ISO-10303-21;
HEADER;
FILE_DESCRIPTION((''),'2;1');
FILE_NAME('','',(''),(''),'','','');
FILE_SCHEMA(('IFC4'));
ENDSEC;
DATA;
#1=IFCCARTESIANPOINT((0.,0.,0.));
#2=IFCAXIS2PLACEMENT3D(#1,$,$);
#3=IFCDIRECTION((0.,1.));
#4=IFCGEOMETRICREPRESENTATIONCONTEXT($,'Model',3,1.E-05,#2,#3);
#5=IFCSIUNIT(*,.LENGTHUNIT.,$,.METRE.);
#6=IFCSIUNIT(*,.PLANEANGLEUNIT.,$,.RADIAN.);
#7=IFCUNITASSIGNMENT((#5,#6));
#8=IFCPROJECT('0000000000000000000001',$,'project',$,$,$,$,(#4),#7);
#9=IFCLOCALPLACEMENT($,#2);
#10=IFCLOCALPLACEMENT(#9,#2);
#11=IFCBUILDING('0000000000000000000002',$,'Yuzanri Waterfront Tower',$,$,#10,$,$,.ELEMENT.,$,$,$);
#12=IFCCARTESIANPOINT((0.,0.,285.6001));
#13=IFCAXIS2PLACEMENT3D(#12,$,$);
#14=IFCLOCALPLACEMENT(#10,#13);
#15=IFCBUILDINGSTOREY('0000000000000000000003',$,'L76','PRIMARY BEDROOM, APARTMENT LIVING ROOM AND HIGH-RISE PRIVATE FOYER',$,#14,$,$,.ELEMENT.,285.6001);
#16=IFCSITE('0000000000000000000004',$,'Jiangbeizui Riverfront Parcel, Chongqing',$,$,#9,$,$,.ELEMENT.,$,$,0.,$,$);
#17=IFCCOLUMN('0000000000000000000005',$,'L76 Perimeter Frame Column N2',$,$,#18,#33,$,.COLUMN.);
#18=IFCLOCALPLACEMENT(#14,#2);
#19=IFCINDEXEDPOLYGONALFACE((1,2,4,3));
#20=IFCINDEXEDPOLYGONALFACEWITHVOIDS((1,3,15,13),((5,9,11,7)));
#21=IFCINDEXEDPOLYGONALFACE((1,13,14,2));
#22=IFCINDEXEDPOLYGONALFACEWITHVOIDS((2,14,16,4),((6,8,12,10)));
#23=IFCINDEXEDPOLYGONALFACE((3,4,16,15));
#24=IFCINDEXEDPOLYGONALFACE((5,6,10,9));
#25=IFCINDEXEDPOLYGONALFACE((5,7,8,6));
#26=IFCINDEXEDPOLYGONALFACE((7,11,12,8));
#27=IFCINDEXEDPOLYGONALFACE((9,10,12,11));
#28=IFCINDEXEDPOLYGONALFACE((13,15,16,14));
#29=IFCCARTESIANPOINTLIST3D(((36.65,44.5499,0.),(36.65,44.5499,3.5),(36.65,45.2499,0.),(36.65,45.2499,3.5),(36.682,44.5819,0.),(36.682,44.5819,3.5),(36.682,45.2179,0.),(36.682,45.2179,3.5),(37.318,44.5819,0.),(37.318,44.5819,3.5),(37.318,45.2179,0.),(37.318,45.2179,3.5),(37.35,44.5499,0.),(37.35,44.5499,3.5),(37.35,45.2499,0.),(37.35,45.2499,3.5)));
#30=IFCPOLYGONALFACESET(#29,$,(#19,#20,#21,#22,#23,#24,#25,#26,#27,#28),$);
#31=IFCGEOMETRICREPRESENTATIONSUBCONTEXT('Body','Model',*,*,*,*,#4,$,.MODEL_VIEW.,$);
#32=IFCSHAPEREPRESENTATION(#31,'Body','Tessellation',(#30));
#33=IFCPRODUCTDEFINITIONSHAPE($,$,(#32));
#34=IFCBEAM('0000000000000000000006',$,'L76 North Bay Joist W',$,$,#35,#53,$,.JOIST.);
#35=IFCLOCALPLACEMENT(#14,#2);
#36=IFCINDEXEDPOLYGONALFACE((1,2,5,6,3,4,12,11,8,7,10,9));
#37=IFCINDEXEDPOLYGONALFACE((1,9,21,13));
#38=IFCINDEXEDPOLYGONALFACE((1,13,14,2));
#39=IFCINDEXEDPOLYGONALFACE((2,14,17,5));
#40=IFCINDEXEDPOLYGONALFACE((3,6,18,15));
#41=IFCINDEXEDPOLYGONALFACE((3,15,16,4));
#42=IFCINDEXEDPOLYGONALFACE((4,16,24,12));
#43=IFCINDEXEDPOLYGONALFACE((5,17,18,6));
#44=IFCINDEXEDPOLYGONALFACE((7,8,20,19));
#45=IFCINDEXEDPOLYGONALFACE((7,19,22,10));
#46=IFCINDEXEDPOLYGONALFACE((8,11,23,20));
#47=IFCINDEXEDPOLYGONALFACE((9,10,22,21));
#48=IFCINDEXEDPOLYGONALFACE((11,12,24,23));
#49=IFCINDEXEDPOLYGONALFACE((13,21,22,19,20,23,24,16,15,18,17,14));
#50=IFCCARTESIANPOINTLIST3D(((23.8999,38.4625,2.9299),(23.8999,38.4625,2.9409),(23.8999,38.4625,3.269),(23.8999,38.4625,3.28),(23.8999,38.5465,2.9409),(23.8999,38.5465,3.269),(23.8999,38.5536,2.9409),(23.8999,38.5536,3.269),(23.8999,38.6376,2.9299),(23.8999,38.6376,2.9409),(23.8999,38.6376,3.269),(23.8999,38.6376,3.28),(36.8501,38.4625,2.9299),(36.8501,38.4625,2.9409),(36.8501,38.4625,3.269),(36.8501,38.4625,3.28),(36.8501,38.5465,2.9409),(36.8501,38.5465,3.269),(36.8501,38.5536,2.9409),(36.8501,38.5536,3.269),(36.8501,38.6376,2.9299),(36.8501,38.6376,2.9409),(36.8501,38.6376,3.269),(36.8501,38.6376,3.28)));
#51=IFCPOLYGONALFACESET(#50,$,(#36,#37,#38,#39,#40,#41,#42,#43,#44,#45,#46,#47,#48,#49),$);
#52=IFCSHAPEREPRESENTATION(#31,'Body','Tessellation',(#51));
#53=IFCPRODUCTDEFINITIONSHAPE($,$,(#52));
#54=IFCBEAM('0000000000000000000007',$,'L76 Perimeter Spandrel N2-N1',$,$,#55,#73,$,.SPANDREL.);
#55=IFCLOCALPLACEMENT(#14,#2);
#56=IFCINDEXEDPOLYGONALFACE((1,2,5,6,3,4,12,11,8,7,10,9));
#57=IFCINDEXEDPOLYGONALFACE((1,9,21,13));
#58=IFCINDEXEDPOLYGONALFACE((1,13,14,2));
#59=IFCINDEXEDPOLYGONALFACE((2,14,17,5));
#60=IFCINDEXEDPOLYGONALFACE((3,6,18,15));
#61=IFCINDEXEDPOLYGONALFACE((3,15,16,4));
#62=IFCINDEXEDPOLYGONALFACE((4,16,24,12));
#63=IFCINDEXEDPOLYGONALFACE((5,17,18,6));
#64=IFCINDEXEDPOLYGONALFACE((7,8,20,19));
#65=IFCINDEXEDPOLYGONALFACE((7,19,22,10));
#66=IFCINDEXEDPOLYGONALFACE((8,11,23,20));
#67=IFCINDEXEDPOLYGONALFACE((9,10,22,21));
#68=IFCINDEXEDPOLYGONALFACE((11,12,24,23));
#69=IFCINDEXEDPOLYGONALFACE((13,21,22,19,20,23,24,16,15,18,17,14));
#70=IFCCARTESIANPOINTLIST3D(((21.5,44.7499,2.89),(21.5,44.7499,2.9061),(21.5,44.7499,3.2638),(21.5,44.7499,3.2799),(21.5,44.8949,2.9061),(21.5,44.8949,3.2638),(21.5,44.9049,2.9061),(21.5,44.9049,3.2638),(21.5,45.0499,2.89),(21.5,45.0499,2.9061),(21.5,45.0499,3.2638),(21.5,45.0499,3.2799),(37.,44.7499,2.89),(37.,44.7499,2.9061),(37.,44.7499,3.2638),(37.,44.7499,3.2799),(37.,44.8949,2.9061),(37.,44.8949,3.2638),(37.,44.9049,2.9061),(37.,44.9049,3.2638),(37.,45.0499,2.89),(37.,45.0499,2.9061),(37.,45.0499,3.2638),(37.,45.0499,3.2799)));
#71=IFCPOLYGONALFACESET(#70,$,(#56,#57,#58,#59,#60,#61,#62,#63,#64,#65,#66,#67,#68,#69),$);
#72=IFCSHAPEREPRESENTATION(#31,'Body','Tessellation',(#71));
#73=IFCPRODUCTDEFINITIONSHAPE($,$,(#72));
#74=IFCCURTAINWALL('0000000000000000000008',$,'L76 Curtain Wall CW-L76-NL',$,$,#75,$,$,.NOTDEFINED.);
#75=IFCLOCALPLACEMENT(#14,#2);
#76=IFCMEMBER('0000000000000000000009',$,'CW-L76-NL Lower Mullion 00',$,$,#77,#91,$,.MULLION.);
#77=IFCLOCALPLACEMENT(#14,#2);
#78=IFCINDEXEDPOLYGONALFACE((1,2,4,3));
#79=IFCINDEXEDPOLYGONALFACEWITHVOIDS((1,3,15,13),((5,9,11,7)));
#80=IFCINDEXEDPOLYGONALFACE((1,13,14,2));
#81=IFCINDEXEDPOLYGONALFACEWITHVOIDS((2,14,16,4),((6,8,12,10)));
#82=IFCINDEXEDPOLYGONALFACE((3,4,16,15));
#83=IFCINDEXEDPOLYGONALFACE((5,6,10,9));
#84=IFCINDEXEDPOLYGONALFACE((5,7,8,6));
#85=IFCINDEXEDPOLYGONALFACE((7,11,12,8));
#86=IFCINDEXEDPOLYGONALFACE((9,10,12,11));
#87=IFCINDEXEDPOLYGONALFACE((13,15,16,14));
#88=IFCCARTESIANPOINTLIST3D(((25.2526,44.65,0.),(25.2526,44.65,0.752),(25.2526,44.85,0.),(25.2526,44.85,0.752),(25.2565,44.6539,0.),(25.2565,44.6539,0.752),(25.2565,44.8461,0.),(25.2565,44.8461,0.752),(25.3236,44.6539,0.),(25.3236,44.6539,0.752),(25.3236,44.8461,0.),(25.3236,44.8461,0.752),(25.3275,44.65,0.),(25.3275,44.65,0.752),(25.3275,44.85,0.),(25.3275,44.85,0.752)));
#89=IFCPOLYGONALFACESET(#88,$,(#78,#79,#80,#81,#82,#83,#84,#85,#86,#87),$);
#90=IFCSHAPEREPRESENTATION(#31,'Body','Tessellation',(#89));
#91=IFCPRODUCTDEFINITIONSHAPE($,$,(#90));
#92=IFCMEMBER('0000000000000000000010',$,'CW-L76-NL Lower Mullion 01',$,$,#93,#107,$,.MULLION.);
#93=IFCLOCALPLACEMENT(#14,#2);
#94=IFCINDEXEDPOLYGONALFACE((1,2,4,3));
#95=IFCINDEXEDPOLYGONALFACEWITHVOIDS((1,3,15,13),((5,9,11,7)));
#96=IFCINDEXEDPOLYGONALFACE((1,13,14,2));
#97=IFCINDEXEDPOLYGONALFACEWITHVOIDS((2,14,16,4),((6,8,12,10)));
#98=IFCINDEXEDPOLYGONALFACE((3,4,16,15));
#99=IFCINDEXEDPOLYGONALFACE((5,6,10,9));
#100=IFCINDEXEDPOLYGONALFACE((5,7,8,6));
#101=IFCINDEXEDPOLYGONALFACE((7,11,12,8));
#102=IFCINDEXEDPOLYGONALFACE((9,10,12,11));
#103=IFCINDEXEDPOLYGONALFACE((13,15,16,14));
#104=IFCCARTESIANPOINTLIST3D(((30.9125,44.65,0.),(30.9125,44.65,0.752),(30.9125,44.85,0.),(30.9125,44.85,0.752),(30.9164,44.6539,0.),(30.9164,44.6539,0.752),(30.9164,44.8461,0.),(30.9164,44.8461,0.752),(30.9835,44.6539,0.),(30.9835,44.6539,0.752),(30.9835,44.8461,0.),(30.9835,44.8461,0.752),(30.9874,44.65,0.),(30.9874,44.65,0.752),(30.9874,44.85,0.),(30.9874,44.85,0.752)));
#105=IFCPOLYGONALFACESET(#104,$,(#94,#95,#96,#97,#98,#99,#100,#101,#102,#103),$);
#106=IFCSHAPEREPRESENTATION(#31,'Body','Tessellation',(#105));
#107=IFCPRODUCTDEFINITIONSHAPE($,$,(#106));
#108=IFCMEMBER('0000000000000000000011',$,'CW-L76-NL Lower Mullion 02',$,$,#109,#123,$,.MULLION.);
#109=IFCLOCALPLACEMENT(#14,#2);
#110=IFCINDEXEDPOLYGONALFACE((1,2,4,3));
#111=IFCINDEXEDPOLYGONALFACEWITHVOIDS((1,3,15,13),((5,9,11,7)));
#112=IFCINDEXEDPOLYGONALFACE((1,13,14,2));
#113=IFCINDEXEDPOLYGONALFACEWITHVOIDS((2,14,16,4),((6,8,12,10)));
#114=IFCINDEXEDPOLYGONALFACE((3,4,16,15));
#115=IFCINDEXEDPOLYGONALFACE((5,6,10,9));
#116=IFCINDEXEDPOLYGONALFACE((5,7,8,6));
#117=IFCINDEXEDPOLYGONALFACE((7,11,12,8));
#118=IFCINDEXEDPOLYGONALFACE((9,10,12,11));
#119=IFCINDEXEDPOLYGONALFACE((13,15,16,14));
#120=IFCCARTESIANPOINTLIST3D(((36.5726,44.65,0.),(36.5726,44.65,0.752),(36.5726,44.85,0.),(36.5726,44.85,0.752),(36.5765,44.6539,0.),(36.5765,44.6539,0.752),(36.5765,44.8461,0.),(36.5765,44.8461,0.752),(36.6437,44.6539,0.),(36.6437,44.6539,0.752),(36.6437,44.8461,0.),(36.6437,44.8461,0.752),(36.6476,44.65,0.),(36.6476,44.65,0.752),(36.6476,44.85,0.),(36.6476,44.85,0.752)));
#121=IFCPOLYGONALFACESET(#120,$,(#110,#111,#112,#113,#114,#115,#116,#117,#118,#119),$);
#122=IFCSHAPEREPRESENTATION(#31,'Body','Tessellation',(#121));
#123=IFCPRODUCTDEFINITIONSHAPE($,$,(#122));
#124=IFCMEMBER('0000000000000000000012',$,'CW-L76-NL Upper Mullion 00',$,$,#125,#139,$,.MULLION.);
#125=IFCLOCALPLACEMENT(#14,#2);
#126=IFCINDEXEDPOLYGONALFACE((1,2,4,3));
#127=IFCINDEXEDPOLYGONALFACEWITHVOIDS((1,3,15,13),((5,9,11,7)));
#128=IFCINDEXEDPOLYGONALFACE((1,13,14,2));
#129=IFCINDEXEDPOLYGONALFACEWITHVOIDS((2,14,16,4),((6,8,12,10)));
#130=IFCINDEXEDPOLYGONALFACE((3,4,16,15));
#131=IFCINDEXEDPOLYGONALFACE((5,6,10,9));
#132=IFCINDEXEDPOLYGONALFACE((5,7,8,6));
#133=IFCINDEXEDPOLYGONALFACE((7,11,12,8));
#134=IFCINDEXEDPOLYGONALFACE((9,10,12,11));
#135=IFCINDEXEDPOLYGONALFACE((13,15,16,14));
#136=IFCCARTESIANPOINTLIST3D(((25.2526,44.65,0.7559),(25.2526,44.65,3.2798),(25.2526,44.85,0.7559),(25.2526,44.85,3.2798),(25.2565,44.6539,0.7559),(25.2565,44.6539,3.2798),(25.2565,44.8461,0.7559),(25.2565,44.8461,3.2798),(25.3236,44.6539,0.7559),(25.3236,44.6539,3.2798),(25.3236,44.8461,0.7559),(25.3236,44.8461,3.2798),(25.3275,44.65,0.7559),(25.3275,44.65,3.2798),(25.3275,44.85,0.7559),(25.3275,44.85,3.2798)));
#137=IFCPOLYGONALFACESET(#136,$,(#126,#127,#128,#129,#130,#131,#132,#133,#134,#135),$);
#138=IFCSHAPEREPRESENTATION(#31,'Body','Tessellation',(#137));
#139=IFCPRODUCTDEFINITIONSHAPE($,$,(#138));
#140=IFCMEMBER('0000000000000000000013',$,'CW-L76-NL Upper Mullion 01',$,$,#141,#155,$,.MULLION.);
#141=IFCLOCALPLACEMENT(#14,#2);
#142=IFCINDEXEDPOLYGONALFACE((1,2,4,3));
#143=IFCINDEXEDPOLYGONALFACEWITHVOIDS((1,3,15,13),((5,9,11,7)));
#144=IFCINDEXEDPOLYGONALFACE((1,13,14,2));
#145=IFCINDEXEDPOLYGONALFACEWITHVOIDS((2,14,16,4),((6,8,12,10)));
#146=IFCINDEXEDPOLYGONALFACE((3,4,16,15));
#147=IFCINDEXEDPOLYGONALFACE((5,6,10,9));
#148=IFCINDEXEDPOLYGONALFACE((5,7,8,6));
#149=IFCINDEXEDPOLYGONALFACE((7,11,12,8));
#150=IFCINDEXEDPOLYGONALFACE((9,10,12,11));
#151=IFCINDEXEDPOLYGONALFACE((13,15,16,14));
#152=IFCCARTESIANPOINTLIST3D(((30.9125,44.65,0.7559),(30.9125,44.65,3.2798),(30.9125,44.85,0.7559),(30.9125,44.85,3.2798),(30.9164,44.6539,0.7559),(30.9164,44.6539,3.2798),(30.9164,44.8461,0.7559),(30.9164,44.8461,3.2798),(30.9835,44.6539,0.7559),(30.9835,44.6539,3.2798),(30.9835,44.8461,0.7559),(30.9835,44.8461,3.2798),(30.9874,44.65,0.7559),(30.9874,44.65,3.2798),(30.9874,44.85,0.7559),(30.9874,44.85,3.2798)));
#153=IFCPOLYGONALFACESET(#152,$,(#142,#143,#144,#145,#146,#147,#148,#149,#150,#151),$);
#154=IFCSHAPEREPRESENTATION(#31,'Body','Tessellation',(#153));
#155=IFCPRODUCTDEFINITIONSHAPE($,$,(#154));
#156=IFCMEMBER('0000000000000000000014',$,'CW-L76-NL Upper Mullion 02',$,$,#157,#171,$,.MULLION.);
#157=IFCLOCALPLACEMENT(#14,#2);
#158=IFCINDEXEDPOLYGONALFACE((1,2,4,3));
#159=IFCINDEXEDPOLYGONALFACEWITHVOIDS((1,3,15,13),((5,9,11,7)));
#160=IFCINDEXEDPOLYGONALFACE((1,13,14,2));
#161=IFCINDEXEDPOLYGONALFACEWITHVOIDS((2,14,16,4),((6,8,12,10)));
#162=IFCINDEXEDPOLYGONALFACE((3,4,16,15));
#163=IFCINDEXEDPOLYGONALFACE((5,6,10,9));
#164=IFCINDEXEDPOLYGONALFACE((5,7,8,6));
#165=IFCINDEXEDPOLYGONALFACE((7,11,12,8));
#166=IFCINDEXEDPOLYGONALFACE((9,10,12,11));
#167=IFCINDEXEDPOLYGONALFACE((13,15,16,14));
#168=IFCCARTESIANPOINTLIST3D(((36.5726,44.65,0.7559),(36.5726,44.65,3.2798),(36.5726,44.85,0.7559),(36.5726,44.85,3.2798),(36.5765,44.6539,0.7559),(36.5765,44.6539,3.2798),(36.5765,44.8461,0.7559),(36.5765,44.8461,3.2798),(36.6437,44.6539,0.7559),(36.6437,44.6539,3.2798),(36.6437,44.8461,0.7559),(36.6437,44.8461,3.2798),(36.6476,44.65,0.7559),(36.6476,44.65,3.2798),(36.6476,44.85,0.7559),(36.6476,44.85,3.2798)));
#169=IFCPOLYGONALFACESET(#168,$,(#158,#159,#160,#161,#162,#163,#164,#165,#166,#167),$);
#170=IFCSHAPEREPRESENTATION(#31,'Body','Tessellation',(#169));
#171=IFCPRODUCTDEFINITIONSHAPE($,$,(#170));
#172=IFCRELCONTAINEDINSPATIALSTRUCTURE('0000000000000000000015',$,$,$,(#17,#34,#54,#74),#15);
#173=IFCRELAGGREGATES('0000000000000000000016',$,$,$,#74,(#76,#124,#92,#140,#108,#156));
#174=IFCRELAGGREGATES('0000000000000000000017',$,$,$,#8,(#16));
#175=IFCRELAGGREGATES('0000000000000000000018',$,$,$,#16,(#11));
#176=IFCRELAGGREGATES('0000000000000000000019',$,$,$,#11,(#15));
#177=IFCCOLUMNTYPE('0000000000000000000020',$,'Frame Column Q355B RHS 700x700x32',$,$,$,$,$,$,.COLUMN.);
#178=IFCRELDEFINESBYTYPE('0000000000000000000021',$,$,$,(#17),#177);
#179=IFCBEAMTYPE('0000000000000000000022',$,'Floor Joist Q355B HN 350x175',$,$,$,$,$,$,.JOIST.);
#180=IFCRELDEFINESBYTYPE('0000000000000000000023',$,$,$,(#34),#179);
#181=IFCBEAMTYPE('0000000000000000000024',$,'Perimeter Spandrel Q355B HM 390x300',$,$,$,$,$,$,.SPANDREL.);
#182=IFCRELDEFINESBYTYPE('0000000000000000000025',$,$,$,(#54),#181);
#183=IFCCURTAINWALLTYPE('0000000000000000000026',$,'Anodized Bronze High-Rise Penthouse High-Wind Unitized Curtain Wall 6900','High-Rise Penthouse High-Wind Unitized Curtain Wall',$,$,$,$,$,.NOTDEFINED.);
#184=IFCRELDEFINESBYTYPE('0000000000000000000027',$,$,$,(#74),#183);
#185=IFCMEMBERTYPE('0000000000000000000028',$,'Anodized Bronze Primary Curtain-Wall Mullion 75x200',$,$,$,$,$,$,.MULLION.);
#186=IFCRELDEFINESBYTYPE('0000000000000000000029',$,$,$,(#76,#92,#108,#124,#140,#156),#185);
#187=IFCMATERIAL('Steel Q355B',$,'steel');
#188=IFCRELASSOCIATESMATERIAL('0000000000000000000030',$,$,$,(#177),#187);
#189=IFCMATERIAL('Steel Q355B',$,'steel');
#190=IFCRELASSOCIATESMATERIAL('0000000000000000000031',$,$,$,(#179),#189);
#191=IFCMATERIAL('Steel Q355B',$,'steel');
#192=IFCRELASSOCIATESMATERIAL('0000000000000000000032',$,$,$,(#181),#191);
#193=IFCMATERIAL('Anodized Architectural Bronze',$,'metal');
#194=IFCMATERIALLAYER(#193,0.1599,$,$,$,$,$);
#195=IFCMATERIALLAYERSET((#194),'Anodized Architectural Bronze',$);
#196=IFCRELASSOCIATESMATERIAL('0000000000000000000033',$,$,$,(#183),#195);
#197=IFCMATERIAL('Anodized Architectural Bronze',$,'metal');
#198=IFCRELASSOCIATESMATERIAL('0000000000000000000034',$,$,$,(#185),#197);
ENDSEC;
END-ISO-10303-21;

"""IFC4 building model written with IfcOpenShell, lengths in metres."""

from ifc_helpers import new_model, si_unit, direction, frame, origin, origin_2d, place, context, subcontext, project, spatial, hollow_rectangle, i_section, extrude, source, transform, mapped, material, layer, layer_set, material_profile, profile_set, type_object, element, aggregate, save


model = new_model("IFC4")

# Units and contexts
model_context = context("Model", 3, precision=1e-05, world=origin(), true_north=direction((0.0, 1.0)))
body_context = subcontext(model_context, "Body", "Model", "MODEL_VIEW")
ifc_project = project(units=[si_unit("LENGTHUNIT", "METRE"), si_unit("PLANEANGLEUNIT", "RADIAN")], contexts=[model_context])

# Site, building, storey
site_placement = place(None, origin())
site = spatial("IfcSite", under=ifc_project, at=site_placement, Name="Jiangbeizui Riverfront Parcel, Chongqing", CompositionType="ELEMENT", RefElevation=0.0)
building_placement = place(site_placement, origin())
building = spatial("IfcBuilding", under=site, at=building_placement, Name="Yuzanri Waterfront Tower", CompositionType="ELEMENT")
storey_placement = place(building_placement, frame((0.0, 0.0, 285.6001)))
storey = spatial("IfcBuildingStorey", under=building, at=storey_placement, Name="L76", Description="PRIMARY BEDROOM, APARTMENT LIVING ROOM AND HIGH-RISE PRIVATE FOYER", CompositionType="ELEMENT", Elevation=285.6001)

# Column
ifc_material_1 = material(Name="Steel Q355B", Category="steel")
ifc_material_profile_1 = material_profile(ifc_material_1, hollow_rectangle(XDim=0.7, YDim=0.7, WallThickness=0.032, at=origin_2d()), Name="RHS 700x700x32")
ifc_profile_set_1 = profile_set([ifc_material_profile_1], Name="Steel Q355B")
column_type = type_object("IfcColumnType", Name="Frame Column Q355B RHS 700x700x32", PredefinedType="COLUMN", material=ifc_profile_set_1)
shared_shape_1 = source(origin(), body_context, "Body", "SweptSolid", [
    extrude(hollow_rectangle(XDim=0.7, YDim=0.7, WallThickness=0.032, at=origin_2d()), origin(), (0.0, 0.0, 1.0), 3.5),
])
column_placement = place(storey_placement, frame((37.0, 44.8999, 0.0), z_axis=(0.0, 0.0, 1.0), x_axis=(1.0, 0.0, 0.0)))
element("IfcColumn", 1, at=column_placement, inside=storey, type_object=column_type, Name="L76 Perimeter Frame Column N2", PredefinedType="COLUMN", context=body_context, shape_type="MappedRepresentation", body=[
    mapped(shared_shape_1, transform((0.0, 0.0, 0.0), scale=1.0)),
])

# Beams
ifc_material_2 = material(Name="Steel Q355B", Category="steel")
ifc_material_profile_2 = material_profile(ifc_material_2, i_section(OverallWidth=0.175, OverallDepth=0.3501, WebThickness=0.0071, FlangeThickness=0.011, at=origin_2d()), Name="HN 350x175x7x11")
ifc_profile_set_2 = profile_set([ifc_material_profile_2], Name="Steel Q355B")
beam_type_1 = type_object("IfcBeamType", Name="Floor Joist Q355B HN 350x175", PredefinedType="JOIST", material=ifc_profile_set_2)
shared_shape_2 = source(origin(), body_context, "Body", "SweptSolid", [
    extrude(i_section(OverallWidth=0.175, OverallDepth=0.3501, WebThickness=0.0071, FlangeThickness=0.011, at=origin_2d()), origin(), (0.0, 0.0, 1.0), 12.9502),
])
beam_1_placement = place(storey_placement, frame((23.8999, 38.55, 3.105), z_axis=(1.0, 0.0, 0.0), x_axis=(0.0, 1.0, 0.0)))
element("IfcBeam", 2, at=beam_1_placement, inside=storey, type_object=beam_type_1, Name="L76 North Bay Joist W", PredefinedType="JOIST", context=body_context, shape_type="MappedRepresentation", body=[
    mapped(shared_shape_2, transform((0.0, 0.0, 0.0), scale=1.0)),
])
ifc_material_3 = material(Name="Steel Q355B", Category="steel")
ifc_material_profile_3 = material_profile(ifc_material_3, i_section(OverallWidth=0.3, OverallDepth=0.3899, WebThickness=0.01, FlangeThickness=0.0161, at=origin_2d()), Name="HM 390x300x10x16")
ifc_profile_set_3 = profile_set([ifc_material_profile_3], Name="Steel Q355B")
beam_type_2 = type_object("IfcBeamType", Name="Perimeter Spandrel Q355B HM 390x300", PredefinedType="SPANDREL", material=ifc_profile_set_3)
shared_shape_3 = source(origin(), body_context, "Body", "SweptSolid", [
    extrude(i_section(OverallWidth=0.3, OverallDepth=0.3899, WebThickness=0.01, FlangeThickness=0.0161, at=origin_2d()), origin(), (0.0, 0.0, 1.0), 15.5),
])
beam_2_placement = place(storey_placement, frame((37.0, 44.8999, 3.085), z_axis=(-1.0, 0.0, 0.0), x_axis=(0.0, -1.0, 0.0)))
element("IfcBeam", 3, at=beam_2_placement, inside=storey, type_object=beam_type_2, Name="L76 Perimeter Spandrel N2-N1", PredefinedType="SPANDREL", context=body_context, shape_type="MappedRepresentation", body=[
    mapped(shared_shape_3, transform((0.0, 0.0, 0.0), scale=1.0)),
])

# Curtain wall, members
ifc_material_4 = material(Name="Anodized Architectural Bronze", Category="metal")
ifc_layer_1 = layer(ifc_material_4, 0.1599)
ifc_layer_set_1 = layer_set([ifc_layer_1], Name="Anodized Architectural Bronze")
curtain_wall_type = type_object("IfcCurtainWallType", Name="Anodized Bronze High-Rise Penthouse High-Wind Unitized Curtain Wall 6900", Description="High-Rise Penthouse High-Wind Unitized Curtain Wall", PredefinedType="NOTDEFINED", material=ifc_layer_set_1)
curtain_wall_placement = place(storey_placement, origin())
curtain_wall = element("IfcCurtainWall", 4, at=curtain_wall_placement, inside=storey, type_object=curtain_wall_type, Name="L76 Curtain Wall CW-L76-NL", PredefinedType="NOTDEFINED")
ifc_material_5 = material(Name="Anodized Architectural Bronze", Category="metal")
ifc_material_profile_4 = material_profile(ifc_material_5, hollow_rectangle(XDim=0.075, YDim=0.2, WallThickness=0.0039, at=origin_2d()), Name="CWM 75x200")
ifc_profile_set_4 = profile_set([ifc_material_profile_4], Name="Anodized Architectural Bronze")
member_type_1 = type_object("IfcMemberType", Name="Anodized Bronze Primary Curtain-Wall Mullion 75x200", PredefinedType="MULLION", material=ifc_profile_set_4)
shared_shape_4 = source(origin(), body_context, "Body", "SweptSolid", [
    extrude(hollow_rectangle(XDim=0.075, YDim=0.2, WallThickness=0.0039, at=origin_2d()), origin(), (0.0, 0.0, 1.0), 0.752),
])
member_1_placement = place(storey_placement, frame((25.29, 44.75, 0.0), z_axis=(0.0, 0.0, 1.0), x_axis=(1.0, 0.0, 0.0)))
member_1 = element("IfcMember", 5, at=member_1_placement, type_object=member_type_1, Name="CW-L76-NL Lower Mullion 00", PredefinedType="MULLION", context=body_context, shape_type="MappedRepresentation", body=[
    mapped(shared_shape_4, transform((0.0, 0.0, 0.0), scale=1.0)),
])
member_2_placement = place(storey_placement, frame((30.95, 44.75, 0.0), z_axis=(0.0, 0.0, 1.0), x_axis=(1.0, 0.0, 0.0)))
member_2 = element("IfcMember", 6, at=member_2_placement, type_object=member_type_1, Name="CW-L76-NL Lower Mullion 01", PredefinedType="MULLION", context=body_context, shape_type="MappedRepresentation", body=[
    mapped(shared_shape_4, transform((0.0, 0.0, 0.0), scale=1.0)),
])
member_3_placement = place(storey_placement, frame((36.6101, 44.75, 0.0), z_axis=(0.0, 0.0, 1.0), x_axis=(1.0, 0.0, 0.0)))
member_3 = element("IfcMember", 7, at=member_3_placement, type_object=member_type_1, Name="CW-L76-NL Lower Mullion 02", PredefinedType="MULLION", context=body_context, shape_type="MappedRepresentation", body=[
    mapped(shared_shape_4, transform((0.0, 0.0, 0.0), scale=1.0)),
])
shared_shape_5 = source(origin(), body_context, "Body", "SweptSolid", [
    extrude(hollow_rectangle(XDim=0.075, YDim=0.2, WallThickness=0.0039, at=origin_2d()), origin(), (0.0, 0.0, 1.0), 2.5239),
])
member_4_placement = place(storey_placement, frame((25.29, 44.75, 0.7559), z_axis=(0.0, 0.0, 1.0), x_axis=(1.0, 0.0, 0.0)))
member_4 = element("IfcMember", 8, at=member_4_placement, type_object=member_type_1, Name="CW-L76-NL Upper Mullion 00", PredefinedType="MULLION", context=body_context, shape_type="MappedRepresentation", body=[
    mapped(shared_shape_5, transform((0.0, 0.0, 0.0), scale=1.0)),
])
member_5_placement = place(storey_placement, frame((30.95, 44.75, 0.7559), z_axis=(0.0, 0.0, 1.0), x_axis=(1.0, 0.0, 0.0)))
member_5 = element("IfcMember", 9, at=member_5_placement, type_object=member_type_1, Name="CW-L76-NL Upper Mullion 01", PredefinedType="MULLION", context=body_context, shape_type="MappedRepresentation", body=[
    mapped(shared_shape_5, transform((0.0, 0.0, 0.0), scale=1.0)),
])
member_6_placement = place(storey_placement, frame((36.6101, 44.75, 0.7559), z_axis=(0.0, 0.0, 1.0), x_axis=(1.0, 0.0, 0.0)))
member_6 = element("IfcMember", 10, at=member_6_placement, type_object=member_type_1, Name="CW-L76-NL Upper Mullion 02", PredefinedType="MULLION", context=body_context, shape_type="MappedRepresentation", body=[
    mapped(shared_shape_5, transform((0.0, 0.0, 0.0), scale=1.0)),
])

aggregate(curtain_wall, [member_1, member_4, member_2, member_5, member_3, member_6])

save(model, "model.ifc")
